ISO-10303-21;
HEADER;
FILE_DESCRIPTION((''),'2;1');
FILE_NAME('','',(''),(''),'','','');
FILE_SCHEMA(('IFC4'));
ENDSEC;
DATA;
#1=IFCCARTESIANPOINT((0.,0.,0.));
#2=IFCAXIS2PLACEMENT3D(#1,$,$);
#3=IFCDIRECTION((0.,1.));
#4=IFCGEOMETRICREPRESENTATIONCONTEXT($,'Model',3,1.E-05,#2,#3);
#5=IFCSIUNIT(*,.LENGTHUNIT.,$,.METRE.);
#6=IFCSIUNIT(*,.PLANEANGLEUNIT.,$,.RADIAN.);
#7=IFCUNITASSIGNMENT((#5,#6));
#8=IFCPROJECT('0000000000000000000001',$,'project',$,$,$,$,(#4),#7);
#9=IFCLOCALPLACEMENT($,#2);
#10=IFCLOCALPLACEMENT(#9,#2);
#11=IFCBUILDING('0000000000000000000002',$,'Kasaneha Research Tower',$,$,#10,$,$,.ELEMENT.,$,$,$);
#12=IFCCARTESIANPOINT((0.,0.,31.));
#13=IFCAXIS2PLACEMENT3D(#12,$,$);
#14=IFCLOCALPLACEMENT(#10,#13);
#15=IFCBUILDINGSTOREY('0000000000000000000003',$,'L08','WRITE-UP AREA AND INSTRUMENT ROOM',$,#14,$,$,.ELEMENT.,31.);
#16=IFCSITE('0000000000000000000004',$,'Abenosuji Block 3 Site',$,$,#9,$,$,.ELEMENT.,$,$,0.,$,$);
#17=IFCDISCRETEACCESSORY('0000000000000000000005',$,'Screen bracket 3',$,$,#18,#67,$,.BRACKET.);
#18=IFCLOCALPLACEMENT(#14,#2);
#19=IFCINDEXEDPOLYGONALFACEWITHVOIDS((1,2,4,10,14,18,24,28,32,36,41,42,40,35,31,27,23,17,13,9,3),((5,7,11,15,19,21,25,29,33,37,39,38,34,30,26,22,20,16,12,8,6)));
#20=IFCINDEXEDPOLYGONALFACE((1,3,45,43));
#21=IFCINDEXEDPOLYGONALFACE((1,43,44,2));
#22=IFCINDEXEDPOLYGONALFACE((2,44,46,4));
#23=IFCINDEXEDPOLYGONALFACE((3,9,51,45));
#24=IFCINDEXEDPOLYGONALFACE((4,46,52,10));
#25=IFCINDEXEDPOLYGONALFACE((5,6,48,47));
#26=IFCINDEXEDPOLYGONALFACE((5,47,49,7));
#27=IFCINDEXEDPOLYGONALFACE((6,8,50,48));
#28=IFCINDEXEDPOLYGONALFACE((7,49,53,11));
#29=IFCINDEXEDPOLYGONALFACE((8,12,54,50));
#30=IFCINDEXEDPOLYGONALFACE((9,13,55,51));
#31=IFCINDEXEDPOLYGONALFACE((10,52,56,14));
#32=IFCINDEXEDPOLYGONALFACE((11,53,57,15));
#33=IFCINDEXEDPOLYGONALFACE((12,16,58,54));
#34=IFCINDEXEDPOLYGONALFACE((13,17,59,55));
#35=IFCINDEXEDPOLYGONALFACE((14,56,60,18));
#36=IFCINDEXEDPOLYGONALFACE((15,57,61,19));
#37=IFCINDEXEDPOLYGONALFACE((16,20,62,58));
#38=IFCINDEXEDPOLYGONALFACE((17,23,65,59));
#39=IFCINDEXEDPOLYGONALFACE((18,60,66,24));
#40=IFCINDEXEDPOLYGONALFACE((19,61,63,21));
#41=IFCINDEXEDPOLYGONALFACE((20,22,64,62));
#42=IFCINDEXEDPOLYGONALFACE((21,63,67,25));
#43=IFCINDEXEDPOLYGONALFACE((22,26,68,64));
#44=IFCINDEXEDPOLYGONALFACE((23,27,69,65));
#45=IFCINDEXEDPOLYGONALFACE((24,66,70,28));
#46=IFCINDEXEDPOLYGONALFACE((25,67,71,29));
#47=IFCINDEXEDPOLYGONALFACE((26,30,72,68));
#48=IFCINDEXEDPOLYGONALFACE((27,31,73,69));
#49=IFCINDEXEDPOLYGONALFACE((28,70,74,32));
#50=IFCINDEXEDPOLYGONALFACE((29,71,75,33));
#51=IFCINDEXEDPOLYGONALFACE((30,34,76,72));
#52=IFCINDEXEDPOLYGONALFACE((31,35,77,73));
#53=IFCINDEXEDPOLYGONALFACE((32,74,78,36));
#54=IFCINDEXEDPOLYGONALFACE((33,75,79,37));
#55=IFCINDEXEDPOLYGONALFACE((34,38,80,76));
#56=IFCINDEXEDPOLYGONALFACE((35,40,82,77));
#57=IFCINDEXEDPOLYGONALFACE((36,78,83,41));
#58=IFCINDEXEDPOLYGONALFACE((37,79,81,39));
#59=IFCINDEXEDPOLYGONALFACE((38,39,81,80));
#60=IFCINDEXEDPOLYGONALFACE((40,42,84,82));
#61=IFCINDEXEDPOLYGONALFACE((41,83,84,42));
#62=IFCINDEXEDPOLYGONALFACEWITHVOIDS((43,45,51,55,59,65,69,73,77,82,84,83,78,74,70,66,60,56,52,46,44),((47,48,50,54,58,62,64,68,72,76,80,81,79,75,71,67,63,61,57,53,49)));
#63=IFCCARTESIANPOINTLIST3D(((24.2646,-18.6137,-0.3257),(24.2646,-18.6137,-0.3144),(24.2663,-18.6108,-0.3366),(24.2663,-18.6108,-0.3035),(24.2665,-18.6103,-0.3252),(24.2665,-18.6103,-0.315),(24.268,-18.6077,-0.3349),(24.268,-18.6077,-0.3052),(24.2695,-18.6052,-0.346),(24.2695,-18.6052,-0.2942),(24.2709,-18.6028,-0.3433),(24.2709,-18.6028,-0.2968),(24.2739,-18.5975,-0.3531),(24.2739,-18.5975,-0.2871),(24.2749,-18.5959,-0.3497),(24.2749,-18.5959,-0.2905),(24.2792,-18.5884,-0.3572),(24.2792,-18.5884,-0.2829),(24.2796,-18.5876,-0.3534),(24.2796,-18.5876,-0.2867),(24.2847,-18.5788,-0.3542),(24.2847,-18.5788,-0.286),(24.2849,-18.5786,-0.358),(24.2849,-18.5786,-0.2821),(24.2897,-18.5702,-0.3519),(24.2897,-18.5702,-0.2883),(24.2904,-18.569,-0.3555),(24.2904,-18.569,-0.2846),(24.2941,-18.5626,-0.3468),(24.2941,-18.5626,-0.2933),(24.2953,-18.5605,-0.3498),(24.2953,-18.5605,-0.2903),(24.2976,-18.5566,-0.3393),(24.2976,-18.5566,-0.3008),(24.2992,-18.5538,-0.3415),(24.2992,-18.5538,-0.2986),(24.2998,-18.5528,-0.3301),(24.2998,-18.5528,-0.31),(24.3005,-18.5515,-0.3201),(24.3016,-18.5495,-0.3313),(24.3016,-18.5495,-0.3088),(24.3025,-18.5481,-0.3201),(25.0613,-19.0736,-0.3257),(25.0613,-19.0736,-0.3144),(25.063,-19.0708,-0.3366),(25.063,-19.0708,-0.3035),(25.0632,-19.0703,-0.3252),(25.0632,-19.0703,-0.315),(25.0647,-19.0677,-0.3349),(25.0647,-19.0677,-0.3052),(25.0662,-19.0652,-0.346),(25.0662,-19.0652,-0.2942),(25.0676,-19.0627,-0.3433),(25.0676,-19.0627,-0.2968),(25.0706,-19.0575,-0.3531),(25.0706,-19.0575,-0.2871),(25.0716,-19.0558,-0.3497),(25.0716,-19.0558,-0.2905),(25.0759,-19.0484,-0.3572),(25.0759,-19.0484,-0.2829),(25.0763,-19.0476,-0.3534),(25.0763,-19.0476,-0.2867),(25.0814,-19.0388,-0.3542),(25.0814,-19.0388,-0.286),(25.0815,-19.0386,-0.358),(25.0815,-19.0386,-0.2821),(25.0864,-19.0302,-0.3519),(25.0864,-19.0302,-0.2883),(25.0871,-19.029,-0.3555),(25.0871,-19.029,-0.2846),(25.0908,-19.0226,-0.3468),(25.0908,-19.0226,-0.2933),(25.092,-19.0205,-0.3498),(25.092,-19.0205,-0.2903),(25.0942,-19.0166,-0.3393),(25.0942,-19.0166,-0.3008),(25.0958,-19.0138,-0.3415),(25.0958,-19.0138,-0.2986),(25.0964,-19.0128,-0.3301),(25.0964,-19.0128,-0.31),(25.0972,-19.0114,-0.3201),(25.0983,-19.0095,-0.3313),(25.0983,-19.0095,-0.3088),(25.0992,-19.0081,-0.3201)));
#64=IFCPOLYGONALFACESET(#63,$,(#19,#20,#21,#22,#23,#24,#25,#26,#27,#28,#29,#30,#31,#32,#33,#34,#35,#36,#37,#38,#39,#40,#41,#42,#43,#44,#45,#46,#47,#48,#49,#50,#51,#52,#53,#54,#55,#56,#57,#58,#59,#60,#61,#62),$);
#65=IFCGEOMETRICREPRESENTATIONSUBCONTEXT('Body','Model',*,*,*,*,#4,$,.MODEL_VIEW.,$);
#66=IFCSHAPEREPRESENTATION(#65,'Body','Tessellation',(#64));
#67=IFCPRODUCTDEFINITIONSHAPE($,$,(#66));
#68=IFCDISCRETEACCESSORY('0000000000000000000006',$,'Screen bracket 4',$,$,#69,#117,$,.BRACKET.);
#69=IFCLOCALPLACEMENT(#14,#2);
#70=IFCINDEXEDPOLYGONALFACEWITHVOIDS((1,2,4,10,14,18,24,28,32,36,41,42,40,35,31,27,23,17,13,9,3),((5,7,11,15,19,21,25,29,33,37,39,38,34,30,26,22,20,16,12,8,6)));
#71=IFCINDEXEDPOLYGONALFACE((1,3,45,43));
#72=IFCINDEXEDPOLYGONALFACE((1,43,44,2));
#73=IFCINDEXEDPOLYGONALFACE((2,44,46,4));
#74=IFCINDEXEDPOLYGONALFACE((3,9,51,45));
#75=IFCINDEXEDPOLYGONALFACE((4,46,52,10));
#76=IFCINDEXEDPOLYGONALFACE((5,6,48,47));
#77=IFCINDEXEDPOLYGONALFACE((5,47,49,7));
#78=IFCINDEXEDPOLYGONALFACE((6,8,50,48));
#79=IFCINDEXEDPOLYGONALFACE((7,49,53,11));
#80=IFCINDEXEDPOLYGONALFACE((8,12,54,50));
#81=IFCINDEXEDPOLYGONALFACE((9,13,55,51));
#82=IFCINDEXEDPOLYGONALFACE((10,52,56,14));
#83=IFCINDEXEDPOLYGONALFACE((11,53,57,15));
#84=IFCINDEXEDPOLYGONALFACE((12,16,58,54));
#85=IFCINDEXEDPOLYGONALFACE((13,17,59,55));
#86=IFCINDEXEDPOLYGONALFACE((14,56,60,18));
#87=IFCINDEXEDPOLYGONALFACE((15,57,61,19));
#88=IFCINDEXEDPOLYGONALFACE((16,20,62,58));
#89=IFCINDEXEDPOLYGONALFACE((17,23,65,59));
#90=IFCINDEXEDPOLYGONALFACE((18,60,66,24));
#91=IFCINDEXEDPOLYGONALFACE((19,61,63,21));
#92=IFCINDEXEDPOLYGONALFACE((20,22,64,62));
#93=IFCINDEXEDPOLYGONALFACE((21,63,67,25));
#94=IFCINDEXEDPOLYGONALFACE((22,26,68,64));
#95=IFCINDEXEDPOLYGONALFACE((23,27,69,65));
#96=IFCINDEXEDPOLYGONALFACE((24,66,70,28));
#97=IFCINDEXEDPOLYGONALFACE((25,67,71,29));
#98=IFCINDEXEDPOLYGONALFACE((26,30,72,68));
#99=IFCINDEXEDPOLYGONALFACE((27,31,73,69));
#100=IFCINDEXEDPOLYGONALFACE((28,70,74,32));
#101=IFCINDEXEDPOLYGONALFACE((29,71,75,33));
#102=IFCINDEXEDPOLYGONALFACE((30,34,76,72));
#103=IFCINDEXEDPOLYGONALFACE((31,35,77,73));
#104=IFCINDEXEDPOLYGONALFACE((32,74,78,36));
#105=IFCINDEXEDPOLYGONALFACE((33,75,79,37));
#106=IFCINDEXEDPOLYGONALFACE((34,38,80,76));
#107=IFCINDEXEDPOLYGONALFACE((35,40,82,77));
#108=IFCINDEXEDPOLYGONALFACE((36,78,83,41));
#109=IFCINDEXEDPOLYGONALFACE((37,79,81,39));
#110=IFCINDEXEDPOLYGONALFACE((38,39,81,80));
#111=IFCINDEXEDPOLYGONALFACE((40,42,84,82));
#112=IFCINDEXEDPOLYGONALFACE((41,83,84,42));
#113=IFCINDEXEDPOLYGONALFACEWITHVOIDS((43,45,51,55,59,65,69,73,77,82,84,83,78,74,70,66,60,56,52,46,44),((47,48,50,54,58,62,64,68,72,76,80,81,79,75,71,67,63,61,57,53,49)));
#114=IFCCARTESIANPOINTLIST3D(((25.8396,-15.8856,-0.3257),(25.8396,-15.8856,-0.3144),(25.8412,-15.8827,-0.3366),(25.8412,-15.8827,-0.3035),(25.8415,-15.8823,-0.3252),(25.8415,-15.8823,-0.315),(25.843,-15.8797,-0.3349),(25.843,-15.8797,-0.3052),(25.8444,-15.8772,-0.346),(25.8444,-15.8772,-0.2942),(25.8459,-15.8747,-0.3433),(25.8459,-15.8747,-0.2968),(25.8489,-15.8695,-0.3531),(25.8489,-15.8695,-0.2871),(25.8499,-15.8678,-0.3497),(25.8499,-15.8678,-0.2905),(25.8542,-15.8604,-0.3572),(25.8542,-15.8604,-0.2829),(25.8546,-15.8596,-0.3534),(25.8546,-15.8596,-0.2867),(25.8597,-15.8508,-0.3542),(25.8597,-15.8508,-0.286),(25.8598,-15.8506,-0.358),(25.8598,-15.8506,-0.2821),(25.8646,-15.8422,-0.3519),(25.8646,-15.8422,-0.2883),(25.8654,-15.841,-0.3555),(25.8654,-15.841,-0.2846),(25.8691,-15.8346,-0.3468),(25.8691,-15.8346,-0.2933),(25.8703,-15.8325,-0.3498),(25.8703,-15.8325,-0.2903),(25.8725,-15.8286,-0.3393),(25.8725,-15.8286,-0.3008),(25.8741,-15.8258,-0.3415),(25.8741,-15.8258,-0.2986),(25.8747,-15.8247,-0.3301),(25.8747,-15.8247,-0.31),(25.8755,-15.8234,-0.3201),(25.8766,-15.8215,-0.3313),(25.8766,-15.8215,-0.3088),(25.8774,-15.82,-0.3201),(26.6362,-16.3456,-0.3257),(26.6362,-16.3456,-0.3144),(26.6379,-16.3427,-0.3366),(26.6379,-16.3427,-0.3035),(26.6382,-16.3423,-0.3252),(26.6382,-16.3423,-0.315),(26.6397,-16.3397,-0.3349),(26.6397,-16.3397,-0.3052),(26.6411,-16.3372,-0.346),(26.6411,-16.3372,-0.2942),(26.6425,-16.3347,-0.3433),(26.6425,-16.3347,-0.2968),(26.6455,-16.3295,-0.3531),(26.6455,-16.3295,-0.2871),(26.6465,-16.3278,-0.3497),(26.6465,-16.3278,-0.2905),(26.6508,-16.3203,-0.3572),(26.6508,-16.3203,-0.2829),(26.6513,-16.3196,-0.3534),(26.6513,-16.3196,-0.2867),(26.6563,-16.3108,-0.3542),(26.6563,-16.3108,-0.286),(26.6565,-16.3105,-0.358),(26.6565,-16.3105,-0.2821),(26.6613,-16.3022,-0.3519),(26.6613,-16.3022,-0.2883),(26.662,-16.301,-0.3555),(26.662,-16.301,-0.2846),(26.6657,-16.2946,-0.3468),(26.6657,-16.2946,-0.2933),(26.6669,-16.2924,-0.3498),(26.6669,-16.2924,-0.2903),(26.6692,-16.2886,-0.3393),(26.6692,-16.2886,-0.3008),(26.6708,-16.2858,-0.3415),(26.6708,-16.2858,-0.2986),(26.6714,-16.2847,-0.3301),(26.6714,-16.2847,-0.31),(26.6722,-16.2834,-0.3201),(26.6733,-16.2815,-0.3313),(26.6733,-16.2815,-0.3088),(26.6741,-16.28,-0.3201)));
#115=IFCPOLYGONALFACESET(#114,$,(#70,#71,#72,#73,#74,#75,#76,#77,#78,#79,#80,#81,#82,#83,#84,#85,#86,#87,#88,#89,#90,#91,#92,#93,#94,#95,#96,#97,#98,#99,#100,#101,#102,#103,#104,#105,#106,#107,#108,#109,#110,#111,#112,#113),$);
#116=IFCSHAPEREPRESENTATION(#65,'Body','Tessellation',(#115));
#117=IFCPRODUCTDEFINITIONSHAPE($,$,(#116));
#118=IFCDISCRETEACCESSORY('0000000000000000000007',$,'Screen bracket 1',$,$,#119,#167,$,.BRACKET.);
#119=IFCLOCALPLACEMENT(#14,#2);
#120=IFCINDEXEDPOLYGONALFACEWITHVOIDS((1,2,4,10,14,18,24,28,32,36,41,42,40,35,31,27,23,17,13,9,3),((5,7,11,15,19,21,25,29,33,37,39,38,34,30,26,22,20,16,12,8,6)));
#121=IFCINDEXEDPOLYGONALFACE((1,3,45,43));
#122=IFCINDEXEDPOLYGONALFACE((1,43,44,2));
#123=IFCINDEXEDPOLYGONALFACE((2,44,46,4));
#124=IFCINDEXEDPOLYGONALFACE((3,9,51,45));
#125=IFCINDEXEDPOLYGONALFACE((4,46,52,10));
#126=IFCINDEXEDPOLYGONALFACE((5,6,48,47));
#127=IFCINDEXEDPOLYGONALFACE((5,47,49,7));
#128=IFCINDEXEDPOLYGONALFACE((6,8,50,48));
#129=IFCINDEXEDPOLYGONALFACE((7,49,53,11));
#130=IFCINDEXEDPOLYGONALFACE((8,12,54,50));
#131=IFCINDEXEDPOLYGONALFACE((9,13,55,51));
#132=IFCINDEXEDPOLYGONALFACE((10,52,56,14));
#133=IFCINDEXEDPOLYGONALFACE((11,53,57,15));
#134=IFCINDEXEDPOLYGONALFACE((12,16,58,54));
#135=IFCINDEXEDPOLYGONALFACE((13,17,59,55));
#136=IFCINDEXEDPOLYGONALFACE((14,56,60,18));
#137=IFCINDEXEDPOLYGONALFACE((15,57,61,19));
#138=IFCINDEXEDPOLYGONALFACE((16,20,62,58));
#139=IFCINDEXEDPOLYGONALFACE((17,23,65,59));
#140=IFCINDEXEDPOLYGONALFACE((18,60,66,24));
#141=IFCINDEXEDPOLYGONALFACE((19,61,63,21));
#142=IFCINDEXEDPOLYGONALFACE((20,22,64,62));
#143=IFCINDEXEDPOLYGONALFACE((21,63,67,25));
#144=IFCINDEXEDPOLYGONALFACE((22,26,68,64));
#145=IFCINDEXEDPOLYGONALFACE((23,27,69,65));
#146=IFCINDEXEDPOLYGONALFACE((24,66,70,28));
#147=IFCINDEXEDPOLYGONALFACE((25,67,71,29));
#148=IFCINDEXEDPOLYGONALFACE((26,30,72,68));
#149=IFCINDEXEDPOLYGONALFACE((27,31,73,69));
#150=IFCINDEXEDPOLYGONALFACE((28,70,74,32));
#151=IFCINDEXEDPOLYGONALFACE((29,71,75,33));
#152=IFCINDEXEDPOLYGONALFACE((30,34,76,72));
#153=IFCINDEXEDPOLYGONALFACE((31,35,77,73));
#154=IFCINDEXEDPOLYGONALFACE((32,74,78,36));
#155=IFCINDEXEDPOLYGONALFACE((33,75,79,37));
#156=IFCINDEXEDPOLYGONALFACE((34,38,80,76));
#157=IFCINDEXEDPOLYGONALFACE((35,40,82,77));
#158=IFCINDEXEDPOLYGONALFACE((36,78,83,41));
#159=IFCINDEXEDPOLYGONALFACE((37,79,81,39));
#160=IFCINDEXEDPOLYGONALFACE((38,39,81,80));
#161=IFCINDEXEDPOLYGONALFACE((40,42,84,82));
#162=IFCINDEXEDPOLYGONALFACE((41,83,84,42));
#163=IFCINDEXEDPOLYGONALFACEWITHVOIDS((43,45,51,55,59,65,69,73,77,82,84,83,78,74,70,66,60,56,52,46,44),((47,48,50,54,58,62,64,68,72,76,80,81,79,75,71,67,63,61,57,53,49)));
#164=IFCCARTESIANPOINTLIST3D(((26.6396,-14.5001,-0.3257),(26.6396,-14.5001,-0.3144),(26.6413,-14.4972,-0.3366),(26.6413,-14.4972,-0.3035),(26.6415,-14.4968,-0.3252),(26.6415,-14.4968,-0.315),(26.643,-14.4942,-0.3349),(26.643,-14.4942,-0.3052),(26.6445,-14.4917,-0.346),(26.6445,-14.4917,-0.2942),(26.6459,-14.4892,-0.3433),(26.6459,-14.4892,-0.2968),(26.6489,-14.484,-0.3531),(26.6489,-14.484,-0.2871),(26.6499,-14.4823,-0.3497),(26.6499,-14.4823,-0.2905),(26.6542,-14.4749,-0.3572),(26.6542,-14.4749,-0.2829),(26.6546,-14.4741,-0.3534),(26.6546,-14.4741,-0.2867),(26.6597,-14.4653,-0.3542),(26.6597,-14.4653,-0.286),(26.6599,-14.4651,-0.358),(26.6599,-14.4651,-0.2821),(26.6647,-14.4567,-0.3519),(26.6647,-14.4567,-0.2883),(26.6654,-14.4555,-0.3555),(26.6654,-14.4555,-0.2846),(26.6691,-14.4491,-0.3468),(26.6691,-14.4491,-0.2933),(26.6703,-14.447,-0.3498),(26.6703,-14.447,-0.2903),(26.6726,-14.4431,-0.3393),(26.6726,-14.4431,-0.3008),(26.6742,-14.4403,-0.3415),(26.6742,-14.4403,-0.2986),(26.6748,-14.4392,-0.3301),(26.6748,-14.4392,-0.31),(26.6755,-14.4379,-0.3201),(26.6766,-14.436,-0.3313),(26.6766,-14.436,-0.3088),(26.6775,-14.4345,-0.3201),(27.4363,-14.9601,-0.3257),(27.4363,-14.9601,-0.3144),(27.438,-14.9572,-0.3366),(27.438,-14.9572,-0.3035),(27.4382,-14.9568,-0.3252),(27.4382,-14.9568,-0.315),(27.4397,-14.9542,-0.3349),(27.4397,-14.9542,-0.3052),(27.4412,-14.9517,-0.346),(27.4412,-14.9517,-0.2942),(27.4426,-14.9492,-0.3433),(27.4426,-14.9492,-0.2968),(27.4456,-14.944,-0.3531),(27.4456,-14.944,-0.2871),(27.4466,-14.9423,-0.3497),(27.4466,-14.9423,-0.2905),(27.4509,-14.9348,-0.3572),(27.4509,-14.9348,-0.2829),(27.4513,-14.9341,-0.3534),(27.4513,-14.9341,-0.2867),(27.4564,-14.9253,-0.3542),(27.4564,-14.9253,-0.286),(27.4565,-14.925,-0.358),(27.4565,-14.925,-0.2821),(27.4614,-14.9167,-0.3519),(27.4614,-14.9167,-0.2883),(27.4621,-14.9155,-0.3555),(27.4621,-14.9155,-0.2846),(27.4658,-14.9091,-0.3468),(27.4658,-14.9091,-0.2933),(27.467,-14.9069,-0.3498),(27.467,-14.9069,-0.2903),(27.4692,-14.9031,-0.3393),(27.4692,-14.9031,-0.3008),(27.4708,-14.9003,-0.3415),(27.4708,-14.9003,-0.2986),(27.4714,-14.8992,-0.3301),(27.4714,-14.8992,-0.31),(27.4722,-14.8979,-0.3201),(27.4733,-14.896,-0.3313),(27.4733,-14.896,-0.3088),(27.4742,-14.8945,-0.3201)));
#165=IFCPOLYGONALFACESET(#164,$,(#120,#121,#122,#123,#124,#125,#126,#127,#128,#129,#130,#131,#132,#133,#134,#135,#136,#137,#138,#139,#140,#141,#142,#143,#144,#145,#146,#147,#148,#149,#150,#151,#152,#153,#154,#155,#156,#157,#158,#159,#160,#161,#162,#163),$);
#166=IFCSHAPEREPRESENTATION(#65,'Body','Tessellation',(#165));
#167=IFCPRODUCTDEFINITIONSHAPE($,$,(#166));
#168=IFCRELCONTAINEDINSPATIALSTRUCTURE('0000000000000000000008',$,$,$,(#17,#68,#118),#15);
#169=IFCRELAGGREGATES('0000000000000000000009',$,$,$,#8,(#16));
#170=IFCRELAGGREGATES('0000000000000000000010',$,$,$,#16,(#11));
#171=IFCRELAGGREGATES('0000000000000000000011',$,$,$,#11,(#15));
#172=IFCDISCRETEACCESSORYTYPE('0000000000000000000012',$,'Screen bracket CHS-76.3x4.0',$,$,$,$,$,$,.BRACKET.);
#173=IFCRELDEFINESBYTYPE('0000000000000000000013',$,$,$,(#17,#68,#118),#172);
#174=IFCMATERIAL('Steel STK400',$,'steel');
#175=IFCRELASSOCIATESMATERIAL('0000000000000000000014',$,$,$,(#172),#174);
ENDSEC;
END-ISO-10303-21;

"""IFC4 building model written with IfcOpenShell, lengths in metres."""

from ifc_helpers import new_model, si_unit, direction, frame, origin, origin_2d, place, context, subcontext, project, spatial, hollow_circle, extrude, material, material_profile, profile_set, type_object, element, save


model = new_model("IFC4")

# Units and contexts
model_context = context("Model", 3, precision=1e-05, world=origin(), true_north=direction((0.0, 1.0)))
body_context = subcontext(model_context, "Body", "Model", "MODEL_VIEW")
ifc_project = project(units=[si_unit("LENGTHUNIT", "METRE"), si_unit("PLANEANGLEUNIT", "RADIAN")], contexts=[model_context])

# Site, building, storey
site_placement = place(None, origin())
site = spatial("IfcSite", under=ifc_project, at=site_placement, Name="Abenosuji Block 3 Site", CompositionType="ELEMENT", RefElevation=0.0)
building_placement = place(site_placement, origin())
building = spatial("IfcBuilding", under=site, at=building_placement, Name="Kasaneha Research Tower", CompositionType="ELEMENT")
storey_placement = place(building_placement, frame((0.0, 0.0, 31.0)))
storey = spatial("IfcBuildingStorey", under=building, at=storey_placement, Name="L08", Description="WRITE-UP AREA AND INSTRUMENT ROOM", CompositionType="ELEMENT", Elevation=31.0)

# Discrete accessories
ifc_material_1 = material(Name="Steel STK400", Category="steel")
ifc_material_profile_1 = material_profile(ifc_material_1, hollow_circle(Radius=0.0381, WallThickness=0.0039, at=origin_2d()), Name="CHS-76.3x4.0")
ifc_profile_set_1 = profile_set([ifc_material_profile_1], Name="Steel STK400")
discrete_accessory_type = type_object("IfcDiscreteAccessoryType", Name="Screen bracket CHS-76.3x4.0", PredefinedType="BRACKET", material=ifc_profile_set_1)
for number, where, z_axis, x_axis, name in (
    (1, (24.2834, -18.5811, -0.3201), (0.866013, -0.500021, 0.0), (0.500021, 0.866013, 0.0), "Screen bracket 3"),
    (2, (25.8584, -15.853, -0.3201), (0.866013, -0.500021, 0.0), (0.500021, 0.866013, 0.0), "Screen bracket 4"),
    (3, (26.6584, -14.4675, -0.3201), (0.866013, -0.500021, 0.0), (0.500021, 0.866013, 0.0), "Screen bracket 1"),
):
    element("IfcDiscreteAccessory", number, at=place(storey_placement, frame(where, z_axis=z_axis, x_axis=x_axis)), inside=storey, type_object=discrete_accessory_type, Name=name, PredefinedType="BRACKET", context=body_context, shape_type="SweptSolid", body=[
        extrude(hollow_circle(Radius=0.0381, WallThickness=0.0039, at=origin_2d()), origin(), (0.0, 0.0, 1.0), 0.9199),
    ])

save(model, "model.ifc")
